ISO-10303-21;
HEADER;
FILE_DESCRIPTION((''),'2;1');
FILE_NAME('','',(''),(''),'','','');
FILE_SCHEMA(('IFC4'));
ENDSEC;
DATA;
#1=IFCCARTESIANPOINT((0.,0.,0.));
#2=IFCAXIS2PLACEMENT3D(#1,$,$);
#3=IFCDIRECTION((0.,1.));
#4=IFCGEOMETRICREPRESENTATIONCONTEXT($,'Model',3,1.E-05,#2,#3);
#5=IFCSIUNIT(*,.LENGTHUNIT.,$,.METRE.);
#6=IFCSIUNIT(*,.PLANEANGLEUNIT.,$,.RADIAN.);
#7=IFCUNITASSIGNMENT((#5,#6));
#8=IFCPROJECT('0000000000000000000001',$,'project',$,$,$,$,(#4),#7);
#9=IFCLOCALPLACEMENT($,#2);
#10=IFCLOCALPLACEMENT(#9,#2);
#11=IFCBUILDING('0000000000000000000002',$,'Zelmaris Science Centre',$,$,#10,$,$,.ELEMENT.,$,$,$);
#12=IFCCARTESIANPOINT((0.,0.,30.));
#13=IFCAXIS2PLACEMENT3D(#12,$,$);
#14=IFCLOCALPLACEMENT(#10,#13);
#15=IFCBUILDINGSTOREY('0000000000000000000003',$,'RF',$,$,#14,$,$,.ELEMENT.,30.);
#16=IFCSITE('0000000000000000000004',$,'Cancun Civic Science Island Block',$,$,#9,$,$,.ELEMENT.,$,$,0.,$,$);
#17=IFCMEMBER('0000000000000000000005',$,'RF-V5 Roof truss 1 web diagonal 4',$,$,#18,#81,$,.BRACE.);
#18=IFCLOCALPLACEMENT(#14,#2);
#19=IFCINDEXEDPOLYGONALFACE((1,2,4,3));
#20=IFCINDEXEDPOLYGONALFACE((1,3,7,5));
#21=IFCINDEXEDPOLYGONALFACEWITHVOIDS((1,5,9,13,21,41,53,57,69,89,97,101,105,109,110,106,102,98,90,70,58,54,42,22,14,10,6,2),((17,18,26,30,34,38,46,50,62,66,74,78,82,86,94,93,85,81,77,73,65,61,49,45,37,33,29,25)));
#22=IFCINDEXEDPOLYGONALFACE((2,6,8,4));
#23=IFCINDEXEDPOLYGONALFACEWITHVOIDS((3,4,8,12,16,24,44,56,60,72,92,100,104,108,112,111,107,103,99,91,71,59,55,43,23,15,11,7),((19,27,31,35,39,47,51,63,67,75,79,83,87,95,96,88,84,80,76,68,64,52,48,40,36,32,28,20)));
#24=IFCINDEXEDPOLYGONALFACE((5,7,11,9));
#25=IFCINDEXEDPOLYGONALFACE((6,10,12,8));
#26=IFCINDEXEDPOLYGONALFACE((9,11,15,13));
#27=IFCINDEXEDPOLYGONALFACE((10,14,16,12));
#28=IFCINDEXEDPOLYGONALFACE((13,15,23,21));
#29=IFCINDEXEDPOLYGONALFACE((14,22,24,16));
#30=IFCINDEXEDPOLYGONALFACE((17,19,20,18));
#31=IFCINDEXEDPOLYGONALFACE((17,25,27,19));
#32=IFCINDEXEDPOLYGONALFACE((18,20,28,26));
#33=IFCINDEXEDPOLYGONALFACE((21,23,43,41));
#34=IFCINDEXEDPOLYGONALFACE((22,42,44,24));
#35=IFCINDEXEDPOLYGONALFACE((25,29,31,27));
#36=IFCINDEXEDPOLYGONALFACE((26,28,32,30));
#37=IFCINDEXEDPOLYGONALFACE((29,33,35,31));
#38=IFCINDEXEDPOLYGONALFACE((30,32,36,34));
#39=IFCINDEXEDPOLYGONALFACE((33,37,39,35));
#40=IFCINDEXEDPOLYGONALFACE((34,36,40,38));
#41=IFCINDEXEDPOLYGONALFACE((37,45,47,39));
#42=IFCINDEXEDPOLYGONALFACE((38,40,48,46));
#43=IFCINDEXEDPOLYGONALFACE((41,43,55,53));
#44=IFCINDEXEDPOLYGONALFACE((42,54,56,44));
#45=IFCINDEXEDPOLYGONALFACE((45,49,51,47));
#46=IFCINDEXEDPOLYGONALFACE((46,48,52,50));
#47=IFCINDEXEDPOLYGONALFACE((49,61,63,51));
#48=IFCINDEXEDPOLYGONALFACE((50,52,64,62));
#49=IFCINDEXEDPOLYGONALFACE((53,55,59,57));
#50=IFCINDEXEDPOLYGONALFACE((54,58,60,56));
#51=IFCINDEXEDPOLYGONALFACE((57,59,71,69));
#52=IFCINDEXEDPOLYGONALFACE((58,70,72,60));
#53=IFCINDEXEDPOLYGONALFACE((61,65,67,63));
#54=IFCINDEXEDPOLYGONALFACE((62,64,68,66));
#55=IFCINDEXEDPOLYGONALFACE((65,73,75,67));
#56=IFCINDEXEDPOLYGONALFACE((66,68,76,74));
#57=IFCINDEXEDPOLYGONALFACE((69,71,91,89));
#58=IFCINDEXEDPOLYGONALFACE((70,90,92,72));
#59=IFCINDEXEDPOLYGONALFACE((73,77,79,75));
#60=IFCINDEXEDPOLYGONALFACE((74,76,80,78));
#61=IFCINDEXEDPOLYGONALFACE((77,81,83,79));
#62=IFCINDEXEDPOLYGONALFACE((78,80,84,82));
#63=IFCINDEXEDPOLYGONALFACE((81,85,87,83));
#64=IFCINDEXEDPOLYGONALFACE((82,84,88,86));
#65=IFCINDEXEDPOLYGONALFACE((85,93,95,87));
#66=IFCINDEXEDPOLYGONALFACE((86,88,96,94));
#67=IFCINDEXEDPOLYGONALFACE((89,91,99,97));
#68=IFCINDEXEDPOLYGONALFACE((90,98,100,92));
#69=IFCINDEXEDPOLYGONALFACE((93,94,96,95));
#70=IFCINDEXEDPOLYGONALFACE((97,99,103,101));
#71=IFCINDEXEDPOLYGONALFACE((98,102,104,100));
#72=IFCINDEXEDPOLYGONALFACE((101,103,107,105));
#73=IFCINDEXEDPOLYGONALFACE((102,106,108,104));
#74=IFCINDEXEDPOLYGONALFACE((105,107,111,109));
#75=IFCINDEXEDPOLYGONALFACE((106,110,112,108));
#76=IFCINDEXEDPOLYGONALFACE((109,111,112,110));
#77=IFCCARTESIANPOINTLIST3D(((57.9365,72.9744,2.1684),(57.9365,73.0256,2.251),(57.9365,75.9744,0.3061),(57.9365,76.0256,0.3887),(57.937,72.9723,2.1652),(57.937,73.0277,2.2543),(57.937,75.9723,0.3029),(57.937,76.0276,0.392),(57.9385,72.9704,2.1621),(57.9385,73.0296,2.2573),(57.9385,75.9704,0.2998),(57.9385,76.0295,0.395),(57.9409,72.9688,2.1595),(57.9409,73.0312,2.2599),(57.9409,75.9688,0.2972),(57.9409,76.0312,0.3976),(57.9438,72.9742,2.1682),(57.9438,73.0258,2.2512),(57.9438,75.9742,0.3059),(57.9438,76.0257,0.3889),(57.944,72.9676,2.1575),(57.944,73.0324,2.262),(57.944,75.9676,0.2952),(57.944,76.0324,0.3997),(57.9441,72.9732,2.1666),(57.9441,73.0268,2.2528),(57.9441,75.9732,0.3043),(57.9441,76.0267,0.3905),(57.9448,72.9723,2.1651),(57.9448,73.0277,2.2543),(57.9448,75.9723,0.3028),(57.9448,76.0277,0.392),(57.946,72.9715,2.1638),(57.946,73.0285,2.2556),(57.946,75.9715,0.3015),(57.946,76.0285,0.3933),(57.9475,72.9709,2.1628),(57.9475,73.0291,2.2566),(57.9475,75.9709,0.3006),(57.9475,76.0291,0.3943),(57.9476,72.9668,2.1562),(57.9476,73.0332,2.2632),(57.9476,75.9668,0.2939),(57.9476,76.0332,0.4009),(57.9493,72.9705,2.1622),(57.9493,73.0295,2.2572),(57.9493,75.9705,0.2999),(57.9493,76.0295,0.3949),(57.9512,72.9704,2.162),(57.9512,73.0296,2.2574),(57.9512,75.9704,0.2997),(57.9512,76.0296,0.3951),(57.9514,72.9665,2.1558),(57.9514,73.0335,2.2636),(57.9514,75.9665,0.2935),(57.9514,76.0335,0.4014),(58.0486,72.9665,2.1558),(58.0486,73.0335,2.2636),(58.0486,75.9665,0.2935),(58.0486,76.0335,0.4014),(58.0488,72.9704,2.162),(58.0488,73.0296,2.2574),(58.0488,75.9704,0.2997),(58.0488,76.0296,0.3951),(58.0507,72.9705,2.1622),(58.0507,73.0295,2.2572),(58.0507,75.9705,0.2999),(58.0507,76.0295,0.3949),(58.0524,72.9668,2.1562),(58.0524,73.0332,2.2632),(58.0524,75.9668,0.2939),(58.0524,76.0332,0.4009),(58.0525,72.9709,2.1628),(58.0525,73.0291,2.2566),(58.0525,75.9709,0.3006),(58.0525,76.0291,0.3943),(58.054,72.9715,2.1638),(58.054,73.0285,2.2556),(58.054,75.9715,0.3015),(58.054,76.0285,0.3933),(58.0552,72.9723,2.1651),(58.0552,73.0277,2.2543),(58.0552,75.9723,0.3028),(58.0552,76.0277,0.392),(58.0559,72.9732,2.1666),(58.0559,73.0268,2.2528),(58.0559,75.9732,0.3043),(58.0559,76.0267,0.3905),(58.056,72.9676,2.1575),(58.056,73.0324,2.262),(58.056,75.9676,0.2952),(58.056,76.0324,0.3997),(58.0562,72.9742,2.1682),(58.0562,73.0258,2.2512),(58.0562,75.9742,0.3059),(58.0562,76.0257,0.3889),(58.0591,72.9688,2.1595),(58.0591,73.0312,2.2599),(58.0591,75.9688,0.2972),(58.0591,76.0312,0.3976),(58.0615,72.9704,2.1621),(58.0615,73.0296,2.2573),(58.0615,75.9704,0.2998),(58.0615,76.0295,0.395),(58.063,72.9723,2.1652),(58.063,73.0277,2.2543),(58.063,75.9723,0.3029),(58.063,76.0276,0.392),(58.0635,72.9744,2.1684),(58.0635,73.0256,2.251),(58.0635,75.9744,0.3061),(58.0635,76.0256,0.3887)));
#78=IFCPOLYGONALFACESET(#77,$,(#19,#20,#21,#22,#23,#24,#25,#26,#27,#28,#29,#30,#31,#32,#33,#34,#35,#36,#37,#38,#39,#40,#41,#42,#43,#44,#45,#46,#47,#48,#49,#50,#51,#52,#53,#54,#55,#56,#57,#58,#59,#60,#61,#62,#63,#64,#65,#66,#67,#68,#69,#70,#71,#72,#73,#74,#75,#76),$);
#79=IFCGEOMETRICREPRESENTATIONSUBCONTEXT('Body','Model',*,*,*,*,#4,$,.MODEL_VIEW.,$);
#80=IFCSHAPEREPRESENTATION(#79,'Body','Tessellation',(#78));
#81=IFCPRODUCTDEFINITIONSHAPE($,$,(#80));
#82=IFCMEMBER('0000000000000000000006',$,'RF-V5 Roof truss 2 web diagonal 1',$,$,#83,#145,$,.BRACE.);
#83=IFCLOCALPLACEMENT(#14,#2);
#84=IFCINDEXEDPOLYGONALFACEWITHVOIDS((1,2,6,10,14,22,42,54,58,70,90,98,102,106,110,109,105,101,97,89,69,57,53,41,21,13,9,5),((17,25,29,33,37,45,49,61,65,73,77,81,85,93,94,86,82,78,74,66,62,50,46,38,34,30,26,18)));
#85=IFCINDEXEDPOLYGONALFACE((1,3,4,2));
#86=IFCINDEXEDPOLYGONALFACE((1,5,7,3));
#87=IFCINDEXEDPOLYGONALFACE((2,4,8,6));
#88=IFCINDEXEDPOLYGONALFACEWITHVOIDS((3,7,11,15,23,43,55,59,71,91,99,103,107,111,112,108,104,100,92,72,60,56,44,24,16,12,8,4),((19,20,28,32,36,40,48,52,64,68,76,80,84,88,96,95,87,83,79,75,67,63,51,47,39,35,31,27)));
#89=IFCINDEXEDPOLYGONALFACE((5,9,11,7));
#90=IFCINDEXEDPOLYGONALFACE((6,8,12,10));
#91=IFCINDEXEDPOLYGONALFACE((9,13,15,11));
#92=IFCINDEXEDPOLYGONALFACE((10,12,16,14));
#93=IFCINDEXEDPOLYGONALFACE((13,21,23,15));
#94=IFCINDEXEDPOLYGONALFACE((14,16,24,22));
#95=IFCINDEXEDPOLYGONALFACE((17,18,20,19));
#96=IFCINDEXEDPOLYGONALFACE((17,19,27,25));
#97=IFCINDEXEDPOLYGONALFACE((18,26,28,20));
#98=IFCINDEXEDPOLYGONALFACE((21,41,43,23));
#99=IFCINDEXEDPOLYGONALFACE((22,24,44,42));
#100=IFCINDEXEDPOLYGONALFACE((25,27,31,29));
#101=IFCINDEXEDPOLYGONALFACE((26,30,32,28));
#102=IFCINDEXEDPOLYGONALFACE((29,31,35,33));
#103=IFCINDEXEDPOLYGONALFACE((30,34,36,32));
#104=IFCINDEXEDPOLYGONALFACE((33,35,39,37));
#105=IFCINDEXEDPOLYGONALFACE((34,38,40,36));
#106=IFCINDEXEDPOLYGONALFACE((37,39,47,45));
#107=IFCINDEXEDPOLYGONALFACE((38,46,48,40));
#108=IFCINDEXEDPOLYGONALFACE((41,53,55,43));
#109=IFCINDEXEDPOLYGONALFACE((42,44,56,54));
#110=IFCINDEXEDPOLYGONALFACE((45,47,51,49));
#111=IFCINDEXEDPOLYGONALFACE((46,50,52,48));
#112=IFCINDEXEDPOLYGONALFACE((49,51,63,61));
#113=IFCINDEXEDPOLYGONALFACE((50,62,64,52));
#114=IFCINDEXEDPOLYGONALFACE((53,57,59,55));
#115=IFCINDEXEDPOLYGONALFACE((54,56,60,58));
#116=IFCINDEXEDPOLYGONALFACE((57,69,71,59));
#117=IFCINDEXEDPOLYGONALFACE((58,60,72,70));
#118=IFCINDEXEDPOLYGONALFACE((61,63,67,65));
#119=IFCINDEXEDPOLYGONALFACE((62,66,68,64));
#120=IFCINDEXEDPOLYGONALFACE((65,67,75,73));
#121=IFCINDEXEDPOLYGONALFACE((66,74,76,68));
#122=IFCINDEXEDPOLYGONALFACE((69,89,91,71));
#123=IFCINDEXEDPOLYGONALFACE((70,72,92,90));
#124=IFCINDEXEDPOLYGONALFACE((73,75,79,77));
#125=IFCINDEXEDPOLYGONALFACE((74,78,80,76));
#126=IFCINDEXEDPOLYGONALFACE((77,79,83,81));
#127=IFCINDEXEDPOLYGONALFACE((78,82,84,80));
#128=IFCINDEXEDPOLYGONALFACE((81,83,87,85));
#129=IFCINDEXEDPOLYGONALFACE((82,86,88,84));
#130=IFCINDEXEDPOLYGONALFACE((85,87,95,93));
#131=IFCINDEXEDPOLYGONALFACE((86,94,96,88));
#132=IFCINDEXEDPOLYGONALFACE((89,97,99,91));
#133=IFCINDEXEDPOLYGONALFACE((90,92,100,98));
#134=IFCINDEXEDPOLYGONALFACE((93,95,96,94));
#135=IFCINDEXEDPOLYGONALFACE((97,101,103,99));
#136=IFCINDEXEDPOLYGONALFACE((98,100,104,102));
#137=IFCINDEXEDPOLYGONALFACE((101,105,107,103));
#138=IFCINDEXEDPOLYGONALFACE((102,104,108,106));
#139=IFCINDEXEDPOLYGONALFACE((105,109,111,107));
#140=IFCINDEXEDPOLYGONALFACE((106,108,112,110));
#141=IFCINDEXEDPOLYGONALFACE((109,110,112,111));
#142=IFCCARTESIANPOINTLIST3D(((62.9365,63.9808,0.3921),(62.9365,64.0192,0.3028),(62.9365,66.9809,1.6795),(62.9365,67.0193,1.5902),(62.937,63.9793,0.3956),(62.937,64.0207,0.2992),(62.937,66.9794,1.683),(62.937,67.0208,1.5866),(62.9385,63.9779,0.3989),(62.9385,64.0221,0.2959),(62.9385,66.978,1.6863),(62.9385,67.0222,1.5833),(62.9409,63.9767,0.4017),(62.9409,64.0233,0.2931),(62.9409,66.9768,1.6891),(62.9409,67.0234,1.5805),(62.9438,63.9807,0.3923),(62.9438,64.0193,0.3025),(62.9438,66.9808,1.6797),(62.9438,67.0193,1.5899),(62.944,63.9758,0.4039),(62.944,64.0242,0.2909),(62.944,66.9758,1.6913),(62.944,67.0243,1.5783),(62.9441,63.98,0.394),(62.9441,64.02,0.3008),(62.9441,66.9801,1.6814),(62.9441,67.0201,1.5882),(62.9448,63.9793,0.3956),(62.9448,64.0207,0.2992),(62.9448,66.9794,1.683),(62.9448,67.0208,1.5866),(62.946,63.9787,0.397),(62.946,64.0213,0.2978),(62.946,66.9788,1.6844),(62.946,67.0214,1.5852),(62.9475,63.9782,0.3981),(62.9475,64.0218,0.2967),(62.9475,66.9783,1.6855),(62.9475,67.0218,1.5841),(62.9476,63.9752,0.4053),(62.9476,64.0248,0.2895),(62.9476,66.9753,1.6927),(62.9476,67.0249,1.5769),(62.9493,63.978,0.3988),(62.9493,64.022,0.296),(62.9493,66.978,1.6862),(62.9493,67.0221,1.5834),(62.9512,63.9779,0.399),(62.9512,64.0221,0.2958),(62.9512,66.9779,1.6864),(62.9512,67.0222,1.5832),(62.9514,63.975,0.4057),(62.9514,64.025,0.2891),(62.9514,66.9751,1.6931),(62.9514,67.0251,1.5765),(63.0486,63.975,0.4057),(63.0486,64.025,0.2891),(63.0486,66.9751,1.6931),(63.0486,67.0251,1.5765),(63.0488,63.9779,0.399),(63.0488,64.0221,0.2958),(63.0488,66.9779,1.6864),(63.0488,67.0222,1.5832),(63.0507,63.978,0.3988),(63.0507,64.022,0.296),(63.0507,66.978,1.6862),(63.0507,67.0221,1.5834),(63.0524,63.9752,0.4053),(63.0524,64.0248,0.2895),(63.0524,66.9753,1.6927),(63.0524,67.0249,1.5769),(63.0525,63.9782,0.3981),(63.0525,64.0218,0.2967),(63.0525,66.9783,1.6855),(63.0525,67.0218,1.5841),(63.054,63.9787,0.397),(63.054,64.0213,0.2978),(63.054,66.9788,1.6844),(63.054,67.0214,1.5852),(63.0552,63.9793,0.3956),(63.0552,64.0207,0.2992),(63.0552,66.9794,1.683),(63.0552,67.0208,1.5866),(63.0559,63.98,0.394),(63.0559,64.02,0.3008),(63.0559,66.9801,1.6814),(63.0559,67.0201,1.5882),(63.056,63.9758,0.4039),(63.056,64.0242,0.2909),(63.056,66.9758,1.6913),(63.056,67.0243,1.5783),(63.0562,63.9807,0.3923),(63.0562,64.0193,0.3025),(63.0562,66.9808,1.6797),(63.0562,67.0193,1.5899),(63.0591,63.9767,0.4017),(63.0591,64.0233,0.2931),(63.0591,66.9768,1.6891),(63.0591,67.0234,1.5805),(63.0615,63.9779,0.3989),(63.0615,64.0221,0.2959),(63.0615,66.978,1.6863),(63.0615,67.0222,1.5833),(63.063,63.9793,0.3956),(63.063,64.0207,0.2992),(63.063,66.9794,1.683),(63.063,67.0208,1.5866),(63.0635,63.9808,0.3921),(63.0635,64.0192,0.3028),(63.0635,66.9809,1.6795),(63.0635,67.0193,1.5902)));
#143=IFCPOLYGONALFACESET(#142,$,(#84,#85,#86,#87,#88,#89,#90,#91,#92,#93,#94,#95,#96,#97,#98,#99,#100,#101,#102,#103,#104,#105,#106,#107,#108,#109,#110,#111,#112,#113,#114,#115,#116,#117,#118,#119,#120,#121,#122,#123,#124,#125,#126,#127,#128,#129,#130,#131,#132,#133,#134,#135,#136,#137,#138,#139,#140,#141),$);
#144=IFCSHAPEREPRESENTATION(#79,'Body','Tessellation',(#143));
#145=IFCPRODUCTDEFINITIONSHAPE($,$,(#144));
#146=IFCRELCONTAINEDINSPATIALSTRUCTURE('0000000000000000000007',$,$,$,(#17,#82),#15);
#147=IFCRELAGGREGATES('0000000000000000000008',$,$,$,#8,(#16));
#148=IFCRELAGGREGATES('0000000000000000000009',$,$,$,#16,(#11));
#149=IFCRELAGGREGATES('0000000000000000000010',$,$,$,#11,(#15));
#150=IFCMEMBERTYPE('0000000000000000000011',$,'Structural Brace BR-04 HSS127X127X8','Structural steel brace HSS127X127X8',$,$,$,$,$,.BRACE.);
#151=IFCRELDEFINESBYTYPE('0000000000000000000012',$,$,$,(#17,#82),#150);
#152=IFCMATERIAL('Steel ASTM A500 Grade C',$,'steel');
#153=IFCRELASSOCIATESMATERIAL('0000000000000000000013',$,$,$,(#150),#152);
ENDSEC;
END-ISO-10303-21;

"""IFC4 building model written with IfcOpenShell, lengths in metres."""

from ifc_helpers import new_model, si_unit, direction, frame, origin, origin_2d, place, context, subcontext, project, spatial, hollow_rectangle, extrude, material, material_profile, profile_set, type_object, element, save


model = new_model("IFC4")

# Units and contexts
model_context = context("Model", 3, precision=1e-05, world=origin(), true_north=direction((0.0, 1.0)))
body_context = subcontext(model_context, "Body", "Model", "MODEL_VIEW")
ifc_project = project(units=[si_unit("LENGTHUNIT", "METRE"), si_unit("PLANEANGLEUNIT", "RADIAN")], contexts=[model_context])

# Site, building, storey
site_placement = place(None, origin())
site = spatial("IfcSite", under=ifc_project, at=site_placement, Name="Cancun Civic Science Island Block", CompositionType="ELEMENT", RefElevation=0.0)
building_placement = place(site_placement, origin())
building = spatial("IfcBuilding", under=site, at=building_placement, Name="Zelmaris Science Centre", CompositionType="ELEMENT")
storey_placement = place(building_placement, frame((0.0, 0.0, 30.0)))
storey = spatial("IfcBuildingStorey", under=building, at=storey_placement, Name="RF", CompositionType="ELEMENT", Elevation=30.0)

# Shared definitions
ifc_material_1 = material(Name="Steel ASTM A500 Grade C", Category="steel")

# Members
ifc_material_profile_1 = material_profile(ifc_material_1, hollow_rectangle(XDim=0.127, YDim=0.127, WallThickness=0.0073, InnerFilletRadius=0.0073, OuterFilletRadius=0.0149, at=origin_2d()), Name="HSS127X127X8")
ifc_profile_set_1 = profile_set([ifc_material_profile_1], Name="Steel ASTM A500 Grade C")
member_type_1 = type_object("IfcMemberType", Name="Structural Brace BR-04 HSS127X127X8", Description="Structural steel brace HSS127X127X8", PredefinedType="BRACE", material=ifc_profile_set_1)
for number, where, z_axis, x_axis, name in (
    (1, (58.0, 73.0, 2.2097), (0.0, 0.84961, -0.527411), (-1.0, 0.0, 0.0), "RF-V5 Roof truss 1 web diagonal 4"),
):
    element("IfcMember", number, at=place(storey_placement, frame(where, z_axis=z_axis, x_axis=x_axis)), inside=storey, type_object=member_type_1, Name=name, PredefinedType="BRACE", context=body_context, shape_type="SweptSolid", body=[
        extrude(hollow_rectangle(XDim=0.127, YDim=0.127, WallThickness=0.0073, InnerFilletRadius=0.0073, OuterFilletRadius=0.0149, at=origin_2d()), origin(), (0.0, 0.0, 1.0), 3.531),
    ])
for number, where, z_axis, x_axis, name in (
    (2, (63.0, 64.0, 0.3474), (0.0, 0.918963, 0.394343), (-1.0, 0.0, 0.0), "RF-V5 Roof truss 2 web diagonal 1"),
):
    element("IfcMember", number, at=place(storey_placement, frame(where, z_axis=z_axis, x_axis=x_axis)), inside=storey, type_object=member_type_1, Name=name, PredefinedType="BRACE", context=body_context, shape_type="SweptSolid", body=[
        extrude(hollow_rectangle(XDim=0.127, YDim=0.127, WallThickness=0.0073, InnerFilletRadius=0.0073, OuterFilletRadius=0.0149, at=origin_2d()), origin(), (0.0, 0.0, 1.0), 3.2646),
    ])

save(model, "model.ifc")
